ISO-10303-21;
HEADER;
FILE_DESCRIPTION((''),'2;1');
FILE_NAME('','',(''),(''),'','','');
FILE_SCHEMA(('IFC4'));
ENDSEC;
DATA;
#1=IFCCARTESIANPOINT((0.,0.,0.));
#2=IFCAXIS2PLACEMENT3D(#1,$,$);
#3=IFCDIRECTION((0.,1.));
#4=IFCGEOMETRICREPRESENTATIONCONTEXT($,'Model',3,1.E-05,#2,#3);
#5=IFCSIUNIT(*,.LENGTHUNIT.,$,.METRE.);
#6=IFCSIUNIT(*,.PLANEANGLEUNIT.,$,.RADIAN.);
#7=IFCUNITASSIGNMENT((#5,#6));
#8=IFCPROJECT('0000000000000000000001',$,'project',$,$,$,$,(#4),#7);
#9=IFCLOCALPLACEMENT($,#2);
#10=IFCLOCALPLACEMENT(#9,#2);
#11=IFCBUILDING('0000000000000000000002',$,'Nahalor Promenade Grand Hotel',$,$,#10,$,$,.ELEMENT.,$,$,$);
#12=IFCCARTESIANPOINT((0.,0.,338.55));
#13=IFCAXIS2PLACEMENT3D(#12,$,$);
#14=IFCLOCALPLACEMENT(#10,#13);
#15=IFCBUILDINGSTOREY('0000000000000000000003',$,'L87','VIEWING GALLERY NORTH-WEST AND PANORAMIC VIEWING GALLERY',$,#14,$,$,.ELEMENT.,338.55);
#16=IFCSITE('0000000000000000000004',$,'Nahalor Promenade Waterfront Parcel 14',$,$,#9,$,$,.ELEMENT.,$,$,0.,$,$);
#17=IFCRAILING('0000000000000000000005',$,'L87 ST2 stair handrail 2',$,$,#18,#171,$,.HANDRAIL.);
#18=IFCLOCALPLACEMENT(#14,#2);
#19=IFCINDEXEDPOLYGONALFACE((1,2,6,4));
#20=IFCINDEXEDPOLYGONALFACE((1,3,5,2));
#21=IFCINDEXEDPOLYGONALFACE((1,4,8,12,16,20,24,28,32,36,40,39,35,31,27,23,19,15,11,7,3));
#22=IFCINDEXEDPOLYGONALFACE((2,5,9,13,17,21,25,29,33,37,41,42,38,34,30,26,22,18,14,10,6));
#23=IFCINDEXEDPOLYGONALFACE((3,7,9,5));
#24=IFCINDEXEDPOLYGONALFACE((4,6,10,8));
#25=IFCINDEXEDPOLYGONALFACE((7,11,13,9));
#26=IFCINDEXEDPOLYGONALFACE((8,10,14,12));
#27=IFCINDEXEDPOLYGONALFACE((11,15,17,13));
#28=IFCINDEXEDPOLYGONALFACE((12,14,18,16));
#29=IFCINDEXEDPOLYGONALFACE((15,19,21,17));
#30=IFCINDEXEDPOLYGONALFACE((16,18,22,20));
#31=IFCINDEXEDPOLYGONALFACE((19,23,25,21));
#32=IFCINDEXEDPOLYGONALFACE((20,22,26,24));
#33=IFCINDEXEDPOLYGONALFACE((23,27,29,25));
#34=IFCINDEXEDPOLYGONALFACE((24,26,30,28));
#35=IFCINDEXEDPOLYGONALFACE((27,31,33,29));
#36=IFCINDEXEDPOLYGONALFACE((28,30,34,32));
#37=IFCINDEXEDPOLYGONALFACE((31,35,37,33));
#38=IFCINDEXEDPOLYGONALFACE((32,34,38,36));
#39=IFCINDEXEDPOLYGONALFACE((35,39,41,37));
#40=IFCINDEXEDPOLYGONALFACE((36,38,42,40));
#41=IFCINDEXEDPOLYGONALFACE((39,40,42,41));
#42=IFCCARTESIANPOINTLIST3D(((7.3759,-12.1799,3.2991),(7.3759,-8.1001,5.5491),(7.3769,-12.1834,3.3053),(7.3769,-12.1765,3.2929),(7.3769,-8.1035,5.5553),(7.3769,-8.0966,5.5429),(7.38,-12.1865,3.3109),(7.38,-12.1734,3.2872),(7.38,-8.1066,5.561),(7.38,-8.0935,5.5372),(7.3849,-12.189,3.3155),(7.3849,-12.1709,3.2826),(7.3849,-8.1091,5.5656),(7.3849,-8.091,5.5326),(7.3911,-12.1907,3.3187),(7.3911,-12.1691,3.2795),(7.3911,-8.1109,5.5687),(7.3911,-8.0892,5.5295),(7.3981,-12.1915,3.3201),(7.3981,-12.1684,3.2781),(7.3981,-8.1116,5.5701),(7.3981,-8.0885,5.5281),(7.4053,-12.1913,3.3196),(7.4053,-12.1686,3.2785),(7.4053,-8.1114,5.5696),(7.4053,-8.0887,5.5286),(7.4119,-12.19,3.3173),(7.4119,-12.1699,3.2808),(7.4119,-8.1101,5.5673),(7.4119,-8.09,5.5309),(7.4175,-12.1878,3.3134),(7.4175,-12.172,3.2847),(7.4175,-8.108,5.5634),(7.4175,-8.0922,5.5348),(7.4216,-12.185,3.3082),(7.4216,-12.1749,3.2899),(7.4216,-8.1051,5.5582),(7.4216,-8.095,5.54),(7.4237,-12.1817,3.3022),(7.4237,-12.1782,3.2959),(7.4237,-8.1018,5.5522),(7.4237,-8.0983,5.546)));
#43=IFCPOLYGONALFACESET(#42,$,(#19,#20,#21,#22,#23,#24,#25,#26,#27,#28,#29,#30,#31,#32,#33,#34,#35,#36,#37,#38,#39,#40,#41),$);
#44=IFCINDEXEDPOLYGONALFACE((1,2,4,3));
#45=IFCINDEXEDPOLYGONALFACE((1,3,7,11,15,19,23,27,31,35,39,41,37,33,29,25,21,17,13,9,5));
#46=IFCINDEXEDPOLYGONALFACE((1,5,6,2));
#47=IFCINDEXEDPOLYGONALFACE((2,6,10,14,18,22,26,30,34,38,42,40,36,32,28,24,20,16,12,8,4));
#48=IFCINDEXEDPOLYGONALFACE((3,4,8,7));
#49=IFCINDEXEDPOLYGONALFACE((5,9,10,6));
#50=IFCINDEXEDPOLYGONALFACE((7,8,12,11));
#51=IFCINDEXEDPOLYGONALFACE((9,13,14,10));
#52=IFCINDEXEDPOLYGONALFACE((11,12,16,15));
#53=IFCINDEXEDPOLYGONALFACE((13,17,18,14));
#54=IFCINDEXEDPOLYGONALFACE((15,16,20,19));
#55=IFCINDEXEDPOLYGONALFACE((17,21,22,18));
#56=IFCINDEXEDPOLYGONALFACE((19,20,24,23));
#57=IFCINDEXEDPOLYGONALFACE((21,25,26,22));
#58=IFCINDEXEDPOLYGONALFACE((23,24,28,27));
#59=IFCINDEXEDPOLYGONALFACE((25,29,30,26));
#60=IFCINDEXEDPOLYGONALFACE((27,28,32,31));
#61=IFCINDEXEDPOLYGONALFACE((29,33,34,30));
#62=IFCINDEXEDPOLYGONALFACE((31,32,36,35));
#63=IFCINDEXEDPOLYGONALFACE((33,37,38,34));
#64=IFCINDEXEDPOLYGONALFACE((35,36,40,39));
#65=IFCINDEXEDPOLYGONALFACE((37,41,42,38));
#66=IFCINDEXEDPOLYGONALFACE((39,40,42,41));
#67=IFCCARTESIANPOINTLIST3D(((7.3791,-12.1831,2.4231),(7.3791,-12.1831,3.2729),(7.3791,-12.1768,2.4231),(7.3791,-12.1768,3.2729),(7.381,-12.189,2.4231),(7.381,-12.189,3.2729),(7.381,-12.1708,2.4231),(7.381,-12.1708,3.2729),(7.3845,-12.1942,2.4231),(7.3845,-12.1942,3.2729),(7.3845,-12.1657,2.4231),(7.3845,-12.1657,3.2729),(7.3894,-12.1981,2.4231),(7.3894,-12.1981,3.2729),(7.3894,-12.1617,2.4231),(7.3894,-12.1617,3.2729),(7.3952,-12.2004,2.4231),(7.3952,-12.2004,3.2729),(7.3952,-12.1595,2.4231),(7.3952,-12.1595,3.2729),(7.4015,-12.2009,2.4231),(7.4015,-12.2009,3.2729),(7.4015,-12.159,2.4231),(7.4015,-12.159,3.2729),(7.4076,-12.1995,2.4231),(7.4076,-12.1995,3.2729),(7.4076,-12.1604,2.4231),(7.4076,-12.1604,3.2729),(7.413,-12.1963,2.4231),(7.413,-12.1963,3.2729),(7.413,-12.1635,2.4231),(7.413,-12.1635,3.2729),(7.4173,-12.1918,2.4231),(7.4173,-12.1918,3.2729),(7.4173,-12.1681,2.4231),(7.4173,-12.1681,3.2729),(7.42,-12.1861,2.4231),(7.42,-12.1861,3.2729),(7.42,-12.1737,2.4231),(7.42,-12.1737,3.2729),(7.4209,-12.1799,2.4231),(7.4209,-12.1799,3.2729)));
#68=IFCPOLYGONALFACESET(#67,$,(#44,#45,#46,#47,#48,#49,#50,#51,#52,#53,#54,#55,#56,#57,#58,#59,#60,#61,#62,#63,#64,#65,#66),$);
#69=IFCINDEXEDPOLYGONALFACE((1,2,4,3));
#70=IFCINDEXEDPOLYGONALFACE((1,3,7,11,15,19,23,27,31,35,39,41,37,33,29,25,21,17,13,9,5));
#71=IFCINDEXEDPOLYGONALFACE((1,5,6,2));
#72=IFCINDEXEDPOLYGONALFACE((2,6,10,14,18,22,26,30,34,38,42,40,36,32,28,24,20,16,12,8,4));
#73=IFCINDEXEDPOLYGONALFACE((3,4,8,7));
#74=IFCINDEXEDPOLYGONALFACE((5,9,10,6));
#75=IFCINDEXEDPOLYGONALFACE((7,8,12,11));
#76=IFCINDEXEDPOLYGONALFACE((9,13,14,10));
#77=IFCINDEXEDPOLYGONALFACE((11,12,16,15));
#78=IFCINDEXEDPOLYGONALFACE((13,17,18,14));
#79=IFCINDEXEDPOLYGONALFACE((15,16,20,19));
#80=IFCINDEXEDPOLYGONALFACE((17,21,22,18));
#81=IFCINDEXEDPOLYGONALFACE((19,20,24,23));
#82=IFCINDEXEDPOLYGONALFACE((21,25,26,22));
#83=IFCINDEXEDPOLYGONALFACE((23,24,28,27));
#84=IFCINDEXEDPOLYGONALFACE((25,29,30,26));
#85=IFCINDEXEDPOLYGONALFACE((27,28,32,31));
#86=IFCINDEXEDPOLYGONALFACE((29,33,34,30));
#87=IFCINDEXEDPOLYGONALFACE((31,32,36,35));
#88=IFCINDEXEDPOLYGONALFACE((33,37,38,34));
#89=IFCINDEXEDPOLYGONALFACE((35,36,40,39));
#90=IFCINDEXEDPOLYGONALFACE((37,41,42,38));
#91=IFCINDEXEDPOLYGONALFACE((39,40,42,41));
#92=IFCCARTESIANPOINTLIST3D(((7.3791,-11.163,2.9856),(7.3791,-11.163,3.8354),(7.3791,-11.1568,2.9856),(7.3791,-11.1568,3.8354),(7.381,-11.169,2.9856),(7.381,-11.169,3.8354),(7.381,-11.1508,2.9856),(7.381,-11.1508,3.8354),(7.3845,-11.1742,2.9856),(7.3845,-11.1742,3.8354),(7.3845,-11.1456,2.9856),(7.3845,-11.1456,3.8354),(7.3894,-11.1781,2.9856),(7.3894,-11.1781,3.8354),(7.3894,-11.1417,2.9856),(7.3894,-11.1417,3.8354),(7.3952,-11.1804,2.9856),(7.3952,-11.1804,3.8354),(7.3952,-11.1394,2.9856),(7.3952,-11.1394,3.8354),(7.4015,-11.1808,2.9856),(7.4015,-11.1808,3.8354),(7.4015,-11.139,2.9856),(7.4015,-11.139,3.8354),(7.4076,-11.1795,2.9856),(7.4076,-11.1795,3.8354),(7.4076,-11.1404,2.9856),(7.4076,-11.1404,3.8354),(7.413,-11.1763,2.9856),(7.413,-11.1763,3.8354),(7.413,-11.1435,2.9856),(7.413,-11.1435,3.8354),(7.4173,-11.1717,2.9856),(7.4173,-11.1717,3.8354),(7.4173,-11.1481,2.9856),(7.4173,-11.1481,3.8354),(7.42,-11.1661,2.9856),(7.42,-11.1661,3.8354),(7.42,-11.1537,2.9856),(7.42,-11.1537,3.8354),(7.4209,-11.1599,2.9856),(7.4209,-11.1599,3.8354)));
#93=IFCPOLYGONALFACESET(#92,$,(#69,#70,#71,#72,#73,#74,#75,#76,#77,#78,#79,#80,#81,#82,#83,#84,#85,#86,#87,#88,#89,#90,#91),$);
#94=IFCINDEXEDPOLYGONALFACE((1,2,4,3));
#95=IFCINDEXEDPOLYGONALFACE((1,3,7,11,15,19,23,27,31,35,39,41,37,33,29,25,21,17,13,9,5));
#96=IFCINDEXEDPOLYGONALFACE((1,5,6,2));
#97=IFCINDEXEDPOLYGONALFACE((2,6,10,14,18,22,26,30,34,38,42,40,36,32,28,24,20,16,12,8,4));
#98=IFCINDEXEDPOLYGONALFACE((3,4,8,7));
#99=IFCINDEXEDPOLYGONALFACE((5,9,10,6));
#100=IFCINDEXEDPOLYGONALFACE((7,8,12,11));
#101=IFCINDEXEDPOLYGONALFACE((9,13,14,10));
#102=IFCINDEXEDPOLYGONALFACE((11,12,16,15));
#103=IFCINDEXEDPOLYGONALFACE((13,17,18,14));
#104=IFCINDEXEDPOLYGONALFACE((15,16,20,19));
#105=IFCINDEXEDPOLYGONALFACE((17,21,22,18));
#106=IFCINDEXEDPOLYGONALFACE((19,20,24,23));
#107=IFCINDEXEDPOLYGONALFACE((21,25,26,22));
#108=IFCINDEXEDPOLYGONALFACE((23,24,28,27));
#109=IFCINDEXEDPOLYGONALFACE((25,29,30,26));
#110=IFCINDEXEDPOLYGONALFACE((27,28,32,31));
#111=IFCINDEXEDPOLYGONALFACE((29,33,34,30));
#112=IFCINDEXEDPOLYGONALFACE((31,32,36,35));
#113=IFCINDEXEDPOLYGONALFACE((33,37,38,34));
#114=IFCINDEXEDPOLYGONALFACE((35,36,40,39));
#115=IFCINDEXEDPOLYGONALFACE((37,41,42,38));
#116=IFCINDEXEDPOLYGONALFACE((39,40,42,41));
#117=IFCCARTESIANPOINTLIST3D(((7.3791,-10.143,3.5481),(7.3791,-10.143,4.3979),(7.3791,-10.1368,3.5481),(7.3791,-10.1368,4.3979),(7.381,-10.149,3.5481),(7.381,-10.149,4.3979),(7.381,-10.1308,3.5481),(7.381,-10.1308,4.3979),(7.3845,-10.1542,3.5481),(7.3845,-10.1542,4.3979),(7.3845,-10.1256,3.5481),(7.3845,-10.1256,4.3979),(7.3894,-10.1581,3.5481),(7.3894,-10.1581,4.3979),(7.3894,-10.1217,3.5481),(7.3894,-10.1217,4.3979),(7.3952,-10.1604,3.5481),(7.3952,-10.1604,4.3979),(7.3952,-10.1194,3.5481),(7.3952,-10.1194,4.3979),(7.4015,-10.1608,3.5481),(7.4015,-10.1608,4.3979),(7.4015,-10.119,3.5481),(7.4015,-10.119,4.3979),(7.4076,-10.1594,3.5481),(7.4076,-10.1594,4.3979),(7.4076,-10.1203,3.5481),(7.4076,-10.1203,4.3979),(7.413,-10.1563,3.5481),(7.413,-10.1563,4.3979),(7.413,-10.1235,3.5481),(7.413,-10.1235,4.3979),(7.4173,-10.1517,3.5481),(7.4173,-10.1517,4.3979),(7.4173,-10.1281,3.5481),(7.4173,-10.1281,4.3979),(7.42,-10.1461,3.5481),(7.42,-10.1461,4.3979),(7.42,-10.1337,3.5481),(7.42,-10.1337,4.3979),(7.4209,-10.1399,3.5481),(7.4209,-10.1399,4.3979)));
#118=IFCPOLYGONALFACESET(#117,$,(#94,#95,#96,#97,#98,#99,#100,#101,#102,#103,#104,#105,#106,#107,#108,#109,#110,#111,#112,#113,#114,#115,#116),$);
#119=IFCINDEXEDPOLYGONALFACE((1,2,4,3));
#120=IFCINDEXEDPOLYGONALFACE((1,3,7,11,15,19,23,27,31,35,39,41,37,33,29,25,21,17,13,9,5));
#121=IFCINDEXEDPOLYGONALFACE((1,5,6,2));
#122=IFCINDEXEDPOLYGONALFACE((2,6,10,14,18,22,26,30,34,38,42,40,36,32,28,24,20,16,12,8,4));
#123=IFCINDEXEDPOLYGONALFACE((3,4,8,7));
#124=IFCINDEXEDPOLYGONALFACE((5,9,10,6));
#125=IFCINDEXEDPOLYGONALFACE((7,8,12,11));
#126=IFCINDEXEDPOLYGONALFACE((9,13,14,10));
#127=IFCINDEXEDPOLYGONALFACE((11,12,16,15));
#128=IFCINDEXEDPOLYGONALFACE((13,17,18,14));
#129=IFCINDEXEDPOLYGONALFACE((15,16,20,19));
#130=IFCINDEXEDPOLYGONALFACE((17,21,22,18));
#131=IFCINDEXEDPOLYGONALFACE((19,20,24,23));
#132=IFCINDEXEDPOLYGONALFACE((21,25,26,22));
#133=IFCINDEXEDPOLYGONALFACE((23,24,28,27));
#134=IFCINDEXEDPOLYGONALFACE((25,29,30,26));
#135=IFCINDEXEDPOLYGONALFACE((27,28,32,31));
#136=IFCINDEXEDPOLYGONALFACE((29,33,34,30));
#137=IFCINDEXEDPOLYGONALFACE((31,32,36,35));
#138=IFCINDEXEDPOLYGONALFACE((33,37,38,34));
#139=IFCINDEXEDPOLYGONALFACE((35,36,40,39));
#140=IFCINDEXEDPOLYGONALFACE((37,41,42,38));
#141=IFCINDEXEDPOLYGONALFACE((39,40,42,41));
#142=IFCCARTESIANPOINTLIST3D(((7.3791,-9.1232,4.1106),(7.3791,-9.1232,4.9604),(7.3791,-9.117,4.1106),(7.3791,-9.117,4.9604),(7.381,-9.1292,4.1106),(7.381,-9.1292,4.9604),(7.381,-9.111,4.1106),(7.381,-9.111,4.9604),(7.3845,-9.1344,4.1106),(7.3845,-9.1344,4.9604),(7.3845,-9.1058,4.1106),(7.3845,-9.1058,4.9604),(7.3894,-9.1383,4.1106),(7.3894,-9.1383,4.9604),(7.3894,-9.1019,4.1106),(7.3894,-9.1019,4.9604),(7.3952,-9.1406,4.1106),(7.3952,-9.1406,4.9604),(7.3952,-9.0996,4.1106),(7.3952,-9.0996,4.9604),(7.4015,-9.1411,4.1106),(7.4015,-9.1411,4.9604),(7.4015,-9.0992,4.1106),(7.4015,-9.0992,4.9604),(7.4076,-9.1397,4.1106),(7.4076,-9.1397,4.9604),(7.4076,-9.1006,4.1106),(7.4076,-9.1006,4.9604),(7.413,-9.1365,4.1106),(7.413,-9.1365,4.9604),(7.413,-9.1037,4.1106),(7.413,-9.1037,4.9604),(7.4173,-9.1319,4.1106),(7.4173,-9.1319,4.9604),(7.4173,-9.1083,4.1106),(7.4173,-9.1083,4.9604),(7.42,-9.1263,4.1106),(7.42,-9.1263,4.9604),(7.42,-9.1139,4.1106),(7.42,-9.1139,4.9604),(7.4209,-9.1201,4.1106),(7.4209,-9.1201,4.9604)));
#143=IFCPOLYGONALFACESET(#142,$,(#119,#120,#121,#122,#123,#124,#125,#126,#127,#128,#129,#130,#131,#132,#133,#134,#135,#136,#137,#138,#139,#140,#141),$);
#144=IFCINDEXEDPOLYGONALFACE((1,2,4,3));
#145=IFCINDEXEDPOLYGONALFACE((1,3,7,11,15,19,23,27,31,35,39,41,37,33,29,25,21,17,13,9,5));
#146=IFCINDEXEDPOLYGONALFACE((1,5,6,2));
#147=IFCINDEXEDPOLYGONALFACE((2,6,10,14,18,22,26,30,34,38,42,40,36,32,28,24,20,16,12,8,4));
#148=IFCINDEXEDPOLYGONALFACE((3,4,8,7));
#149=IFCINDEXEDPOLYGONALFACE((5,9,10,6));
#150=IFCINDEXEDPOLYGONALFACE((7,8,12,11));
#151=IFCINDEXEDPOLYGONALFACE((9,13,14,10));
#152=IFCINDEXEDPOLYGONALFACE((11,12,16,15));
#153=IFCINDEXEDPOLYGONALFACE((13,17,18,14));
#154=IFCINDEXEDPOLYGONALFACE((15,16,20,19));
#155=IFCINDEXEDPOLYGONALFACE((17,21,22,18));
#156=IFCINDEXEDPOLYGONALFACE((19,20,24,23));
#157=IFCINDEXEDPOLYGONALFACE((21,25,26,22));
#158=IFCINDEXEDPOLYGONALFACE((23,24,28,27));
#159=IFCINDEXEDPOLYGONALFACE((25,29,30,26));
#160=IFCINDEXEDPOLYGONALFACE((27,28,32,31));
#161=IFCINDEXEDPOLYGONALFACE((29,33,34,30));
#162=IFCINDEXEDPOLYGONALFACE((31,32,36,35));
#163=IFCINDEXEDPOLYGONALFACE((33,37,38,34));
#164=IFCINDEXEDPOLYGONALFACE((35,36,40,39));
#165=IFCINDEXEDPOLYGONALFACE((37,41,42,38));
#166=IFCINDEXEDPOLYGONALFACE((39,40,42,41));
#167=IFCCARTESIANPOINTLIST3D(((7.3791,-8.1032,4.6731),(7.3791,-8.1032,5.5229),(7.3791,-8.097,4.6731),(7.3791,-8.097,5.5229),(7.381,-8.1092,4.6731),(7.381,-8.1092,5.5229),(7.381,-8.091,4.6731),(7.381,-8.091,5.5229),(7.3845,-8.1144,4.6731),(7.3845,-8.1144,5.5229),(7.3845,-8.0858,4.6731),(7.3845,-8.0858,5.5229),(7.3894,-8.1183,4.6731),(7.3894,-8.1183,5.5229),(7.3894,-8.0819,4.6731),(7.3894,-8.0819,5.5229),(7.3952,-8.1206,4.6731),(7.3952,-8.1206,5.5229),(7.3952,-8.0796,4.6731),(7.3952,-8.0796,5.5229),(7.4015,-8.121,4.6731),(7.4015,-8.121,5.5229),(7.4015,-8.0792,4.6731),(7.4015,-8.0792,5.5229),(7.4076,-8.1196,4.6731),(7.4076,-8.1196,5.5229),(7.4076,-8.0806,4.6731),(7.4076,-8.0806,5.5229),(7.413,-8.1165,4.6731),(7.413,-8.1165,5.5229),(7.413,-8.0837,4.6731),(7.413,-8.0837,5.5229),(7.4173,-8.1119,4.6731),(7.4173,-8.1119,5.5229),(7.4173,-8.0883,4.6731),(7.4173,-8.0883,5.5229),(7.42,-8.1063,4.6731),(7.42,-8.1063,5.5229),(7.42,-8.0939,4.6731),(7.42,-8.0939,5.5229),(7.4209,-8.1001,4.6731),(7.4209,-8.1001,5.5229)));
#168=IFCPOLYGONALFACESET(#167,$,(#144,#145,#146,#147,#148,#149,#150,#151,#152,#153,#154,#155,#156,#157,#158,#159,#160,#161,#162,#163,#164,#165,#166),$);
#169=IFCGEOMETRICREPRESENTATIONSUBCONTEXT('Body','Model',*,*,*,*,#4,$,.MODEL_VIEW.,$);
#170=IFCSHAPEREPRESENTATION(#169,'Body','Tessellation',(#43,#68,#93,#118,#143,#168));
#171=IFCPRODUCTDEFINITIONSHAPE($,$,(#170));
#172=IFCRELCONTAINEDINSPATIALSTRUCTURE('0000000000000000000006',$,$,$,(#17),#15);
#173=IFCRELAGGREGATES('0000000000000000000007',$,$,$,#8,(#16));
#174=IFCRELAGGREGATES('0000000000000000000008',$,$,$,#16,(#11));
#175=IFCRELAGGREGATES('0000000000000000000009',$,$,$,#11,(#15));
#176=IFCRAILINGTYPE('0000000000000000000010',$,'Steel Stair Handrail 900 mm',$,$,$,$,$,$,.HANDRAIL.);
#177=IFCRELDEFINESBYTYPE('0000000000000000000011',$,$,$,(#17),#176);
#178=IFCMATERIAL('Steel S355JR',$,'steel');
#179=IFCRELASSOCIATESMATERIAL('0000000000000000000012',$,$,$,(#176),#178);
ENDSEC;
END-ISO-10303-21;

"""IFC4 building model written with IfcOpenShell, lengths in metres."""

from ifc_helpers import new_model, si_unit, direction, frame, origin, origin_2d, place, context, subcontext, project, spatial, circle, extrude, material, type_object, element, save


model = new_model("IFC4")

# Units and contexts
model_context = context("Model", 3, precision=1e-05, world=origin(), true_north=direction((0.0, 1.0)))
body_context = subcontext(model_context, "Body", "Model", "MODEL_VIEW")
ifc_project = project(units=[si_unit("LENGTHUNIT", "METRE"), si_unit("PLANEANGLEUNIT", "RADIAN")], contexts=[model_context])

# Site, building, storey
site_placement = place(None, origin())
site = spatial("IfcSite", under=ifc_project, at=site_placement, Name="Nahalor Promenade Waterfront Parcel 14", CompositionType="ELEMENT", RefElevation=0.0)
building_placement = place(site_placement, origin())
building = spatial("IfcBuilding", under=site, at=building_placement, Name="Nahalor Promenade Grand Hotel", CompositionType="ELEMENT")
storey_placement = place(building_placement, frame((0.0, 0.0, 338.55)))
storey = spatial("IfcBuildingStorey", under=building, at=storey_placement, Name="L87", Description="VIEWING GALLERY NORTH-WEST AND PANORAMIC VIEWING GALLERY", CompositionType="ELEMENT", Elevation=338.55)

# Shared definitions
ifc_material_1 = material(Name="Steel S355JR", Category="steel")

# Railing
railing_type_1 = type_object("IfcRailingType", Name="Steel Stair Handrail 900 mm", PredefinedType="HANDRAIL", material=ifc_material_1)
railing_1_placement = place(storey_placement, frame((7.3999, -12.1799, 2.4231)))
element("IfcRailing", 1, at=railing_1_placement, inside=storey, type_object=railing_type_1, Name="L87 ST2 stair handrail 2", PredefinedType="HANDRAIL", context=body_context, shape_type="SweptSolid", body=[
    extrude(circle(Radius=0.024, at=origin_2d()), frame((0.0, 0.0, 0.876), z_axis=(0.0, 0.875663, 0.482922), x_axis=(-1.0, 0.0, 0.0)), (0.0, 0.0, 1.0), 4.6592),
    extrude(circle(Radius=0.021, at=origin_2d()), origin(), (0.0, 0.0, 1.0), 0.8499),
    extrude(circle(Radius=0.021, at=origin_2d()), frame((0.0, 1.02, 0.5625)), (0.0, 0.0, 1.0), 0.8499),
    extrude(circle(Radius=0.021, at=origin_2d()), frame((0.0, 2.04, 1.125)), (0.0, 0.0, 1.0), 0.8499),
    extrude(circle(Radius=0.021, at=origin_2d()), frame((0.0, 3.0598, 1.6875)), (0.0, 0.0, 1.0), 0.8499),
    extrude(circle(Radius=0.021, at=origin_2d()), frame((0.0, 4.0798, 2.25)), (0.0, 0.0, 1.0), 0.8499),
])

save(model, "model.ifc")
